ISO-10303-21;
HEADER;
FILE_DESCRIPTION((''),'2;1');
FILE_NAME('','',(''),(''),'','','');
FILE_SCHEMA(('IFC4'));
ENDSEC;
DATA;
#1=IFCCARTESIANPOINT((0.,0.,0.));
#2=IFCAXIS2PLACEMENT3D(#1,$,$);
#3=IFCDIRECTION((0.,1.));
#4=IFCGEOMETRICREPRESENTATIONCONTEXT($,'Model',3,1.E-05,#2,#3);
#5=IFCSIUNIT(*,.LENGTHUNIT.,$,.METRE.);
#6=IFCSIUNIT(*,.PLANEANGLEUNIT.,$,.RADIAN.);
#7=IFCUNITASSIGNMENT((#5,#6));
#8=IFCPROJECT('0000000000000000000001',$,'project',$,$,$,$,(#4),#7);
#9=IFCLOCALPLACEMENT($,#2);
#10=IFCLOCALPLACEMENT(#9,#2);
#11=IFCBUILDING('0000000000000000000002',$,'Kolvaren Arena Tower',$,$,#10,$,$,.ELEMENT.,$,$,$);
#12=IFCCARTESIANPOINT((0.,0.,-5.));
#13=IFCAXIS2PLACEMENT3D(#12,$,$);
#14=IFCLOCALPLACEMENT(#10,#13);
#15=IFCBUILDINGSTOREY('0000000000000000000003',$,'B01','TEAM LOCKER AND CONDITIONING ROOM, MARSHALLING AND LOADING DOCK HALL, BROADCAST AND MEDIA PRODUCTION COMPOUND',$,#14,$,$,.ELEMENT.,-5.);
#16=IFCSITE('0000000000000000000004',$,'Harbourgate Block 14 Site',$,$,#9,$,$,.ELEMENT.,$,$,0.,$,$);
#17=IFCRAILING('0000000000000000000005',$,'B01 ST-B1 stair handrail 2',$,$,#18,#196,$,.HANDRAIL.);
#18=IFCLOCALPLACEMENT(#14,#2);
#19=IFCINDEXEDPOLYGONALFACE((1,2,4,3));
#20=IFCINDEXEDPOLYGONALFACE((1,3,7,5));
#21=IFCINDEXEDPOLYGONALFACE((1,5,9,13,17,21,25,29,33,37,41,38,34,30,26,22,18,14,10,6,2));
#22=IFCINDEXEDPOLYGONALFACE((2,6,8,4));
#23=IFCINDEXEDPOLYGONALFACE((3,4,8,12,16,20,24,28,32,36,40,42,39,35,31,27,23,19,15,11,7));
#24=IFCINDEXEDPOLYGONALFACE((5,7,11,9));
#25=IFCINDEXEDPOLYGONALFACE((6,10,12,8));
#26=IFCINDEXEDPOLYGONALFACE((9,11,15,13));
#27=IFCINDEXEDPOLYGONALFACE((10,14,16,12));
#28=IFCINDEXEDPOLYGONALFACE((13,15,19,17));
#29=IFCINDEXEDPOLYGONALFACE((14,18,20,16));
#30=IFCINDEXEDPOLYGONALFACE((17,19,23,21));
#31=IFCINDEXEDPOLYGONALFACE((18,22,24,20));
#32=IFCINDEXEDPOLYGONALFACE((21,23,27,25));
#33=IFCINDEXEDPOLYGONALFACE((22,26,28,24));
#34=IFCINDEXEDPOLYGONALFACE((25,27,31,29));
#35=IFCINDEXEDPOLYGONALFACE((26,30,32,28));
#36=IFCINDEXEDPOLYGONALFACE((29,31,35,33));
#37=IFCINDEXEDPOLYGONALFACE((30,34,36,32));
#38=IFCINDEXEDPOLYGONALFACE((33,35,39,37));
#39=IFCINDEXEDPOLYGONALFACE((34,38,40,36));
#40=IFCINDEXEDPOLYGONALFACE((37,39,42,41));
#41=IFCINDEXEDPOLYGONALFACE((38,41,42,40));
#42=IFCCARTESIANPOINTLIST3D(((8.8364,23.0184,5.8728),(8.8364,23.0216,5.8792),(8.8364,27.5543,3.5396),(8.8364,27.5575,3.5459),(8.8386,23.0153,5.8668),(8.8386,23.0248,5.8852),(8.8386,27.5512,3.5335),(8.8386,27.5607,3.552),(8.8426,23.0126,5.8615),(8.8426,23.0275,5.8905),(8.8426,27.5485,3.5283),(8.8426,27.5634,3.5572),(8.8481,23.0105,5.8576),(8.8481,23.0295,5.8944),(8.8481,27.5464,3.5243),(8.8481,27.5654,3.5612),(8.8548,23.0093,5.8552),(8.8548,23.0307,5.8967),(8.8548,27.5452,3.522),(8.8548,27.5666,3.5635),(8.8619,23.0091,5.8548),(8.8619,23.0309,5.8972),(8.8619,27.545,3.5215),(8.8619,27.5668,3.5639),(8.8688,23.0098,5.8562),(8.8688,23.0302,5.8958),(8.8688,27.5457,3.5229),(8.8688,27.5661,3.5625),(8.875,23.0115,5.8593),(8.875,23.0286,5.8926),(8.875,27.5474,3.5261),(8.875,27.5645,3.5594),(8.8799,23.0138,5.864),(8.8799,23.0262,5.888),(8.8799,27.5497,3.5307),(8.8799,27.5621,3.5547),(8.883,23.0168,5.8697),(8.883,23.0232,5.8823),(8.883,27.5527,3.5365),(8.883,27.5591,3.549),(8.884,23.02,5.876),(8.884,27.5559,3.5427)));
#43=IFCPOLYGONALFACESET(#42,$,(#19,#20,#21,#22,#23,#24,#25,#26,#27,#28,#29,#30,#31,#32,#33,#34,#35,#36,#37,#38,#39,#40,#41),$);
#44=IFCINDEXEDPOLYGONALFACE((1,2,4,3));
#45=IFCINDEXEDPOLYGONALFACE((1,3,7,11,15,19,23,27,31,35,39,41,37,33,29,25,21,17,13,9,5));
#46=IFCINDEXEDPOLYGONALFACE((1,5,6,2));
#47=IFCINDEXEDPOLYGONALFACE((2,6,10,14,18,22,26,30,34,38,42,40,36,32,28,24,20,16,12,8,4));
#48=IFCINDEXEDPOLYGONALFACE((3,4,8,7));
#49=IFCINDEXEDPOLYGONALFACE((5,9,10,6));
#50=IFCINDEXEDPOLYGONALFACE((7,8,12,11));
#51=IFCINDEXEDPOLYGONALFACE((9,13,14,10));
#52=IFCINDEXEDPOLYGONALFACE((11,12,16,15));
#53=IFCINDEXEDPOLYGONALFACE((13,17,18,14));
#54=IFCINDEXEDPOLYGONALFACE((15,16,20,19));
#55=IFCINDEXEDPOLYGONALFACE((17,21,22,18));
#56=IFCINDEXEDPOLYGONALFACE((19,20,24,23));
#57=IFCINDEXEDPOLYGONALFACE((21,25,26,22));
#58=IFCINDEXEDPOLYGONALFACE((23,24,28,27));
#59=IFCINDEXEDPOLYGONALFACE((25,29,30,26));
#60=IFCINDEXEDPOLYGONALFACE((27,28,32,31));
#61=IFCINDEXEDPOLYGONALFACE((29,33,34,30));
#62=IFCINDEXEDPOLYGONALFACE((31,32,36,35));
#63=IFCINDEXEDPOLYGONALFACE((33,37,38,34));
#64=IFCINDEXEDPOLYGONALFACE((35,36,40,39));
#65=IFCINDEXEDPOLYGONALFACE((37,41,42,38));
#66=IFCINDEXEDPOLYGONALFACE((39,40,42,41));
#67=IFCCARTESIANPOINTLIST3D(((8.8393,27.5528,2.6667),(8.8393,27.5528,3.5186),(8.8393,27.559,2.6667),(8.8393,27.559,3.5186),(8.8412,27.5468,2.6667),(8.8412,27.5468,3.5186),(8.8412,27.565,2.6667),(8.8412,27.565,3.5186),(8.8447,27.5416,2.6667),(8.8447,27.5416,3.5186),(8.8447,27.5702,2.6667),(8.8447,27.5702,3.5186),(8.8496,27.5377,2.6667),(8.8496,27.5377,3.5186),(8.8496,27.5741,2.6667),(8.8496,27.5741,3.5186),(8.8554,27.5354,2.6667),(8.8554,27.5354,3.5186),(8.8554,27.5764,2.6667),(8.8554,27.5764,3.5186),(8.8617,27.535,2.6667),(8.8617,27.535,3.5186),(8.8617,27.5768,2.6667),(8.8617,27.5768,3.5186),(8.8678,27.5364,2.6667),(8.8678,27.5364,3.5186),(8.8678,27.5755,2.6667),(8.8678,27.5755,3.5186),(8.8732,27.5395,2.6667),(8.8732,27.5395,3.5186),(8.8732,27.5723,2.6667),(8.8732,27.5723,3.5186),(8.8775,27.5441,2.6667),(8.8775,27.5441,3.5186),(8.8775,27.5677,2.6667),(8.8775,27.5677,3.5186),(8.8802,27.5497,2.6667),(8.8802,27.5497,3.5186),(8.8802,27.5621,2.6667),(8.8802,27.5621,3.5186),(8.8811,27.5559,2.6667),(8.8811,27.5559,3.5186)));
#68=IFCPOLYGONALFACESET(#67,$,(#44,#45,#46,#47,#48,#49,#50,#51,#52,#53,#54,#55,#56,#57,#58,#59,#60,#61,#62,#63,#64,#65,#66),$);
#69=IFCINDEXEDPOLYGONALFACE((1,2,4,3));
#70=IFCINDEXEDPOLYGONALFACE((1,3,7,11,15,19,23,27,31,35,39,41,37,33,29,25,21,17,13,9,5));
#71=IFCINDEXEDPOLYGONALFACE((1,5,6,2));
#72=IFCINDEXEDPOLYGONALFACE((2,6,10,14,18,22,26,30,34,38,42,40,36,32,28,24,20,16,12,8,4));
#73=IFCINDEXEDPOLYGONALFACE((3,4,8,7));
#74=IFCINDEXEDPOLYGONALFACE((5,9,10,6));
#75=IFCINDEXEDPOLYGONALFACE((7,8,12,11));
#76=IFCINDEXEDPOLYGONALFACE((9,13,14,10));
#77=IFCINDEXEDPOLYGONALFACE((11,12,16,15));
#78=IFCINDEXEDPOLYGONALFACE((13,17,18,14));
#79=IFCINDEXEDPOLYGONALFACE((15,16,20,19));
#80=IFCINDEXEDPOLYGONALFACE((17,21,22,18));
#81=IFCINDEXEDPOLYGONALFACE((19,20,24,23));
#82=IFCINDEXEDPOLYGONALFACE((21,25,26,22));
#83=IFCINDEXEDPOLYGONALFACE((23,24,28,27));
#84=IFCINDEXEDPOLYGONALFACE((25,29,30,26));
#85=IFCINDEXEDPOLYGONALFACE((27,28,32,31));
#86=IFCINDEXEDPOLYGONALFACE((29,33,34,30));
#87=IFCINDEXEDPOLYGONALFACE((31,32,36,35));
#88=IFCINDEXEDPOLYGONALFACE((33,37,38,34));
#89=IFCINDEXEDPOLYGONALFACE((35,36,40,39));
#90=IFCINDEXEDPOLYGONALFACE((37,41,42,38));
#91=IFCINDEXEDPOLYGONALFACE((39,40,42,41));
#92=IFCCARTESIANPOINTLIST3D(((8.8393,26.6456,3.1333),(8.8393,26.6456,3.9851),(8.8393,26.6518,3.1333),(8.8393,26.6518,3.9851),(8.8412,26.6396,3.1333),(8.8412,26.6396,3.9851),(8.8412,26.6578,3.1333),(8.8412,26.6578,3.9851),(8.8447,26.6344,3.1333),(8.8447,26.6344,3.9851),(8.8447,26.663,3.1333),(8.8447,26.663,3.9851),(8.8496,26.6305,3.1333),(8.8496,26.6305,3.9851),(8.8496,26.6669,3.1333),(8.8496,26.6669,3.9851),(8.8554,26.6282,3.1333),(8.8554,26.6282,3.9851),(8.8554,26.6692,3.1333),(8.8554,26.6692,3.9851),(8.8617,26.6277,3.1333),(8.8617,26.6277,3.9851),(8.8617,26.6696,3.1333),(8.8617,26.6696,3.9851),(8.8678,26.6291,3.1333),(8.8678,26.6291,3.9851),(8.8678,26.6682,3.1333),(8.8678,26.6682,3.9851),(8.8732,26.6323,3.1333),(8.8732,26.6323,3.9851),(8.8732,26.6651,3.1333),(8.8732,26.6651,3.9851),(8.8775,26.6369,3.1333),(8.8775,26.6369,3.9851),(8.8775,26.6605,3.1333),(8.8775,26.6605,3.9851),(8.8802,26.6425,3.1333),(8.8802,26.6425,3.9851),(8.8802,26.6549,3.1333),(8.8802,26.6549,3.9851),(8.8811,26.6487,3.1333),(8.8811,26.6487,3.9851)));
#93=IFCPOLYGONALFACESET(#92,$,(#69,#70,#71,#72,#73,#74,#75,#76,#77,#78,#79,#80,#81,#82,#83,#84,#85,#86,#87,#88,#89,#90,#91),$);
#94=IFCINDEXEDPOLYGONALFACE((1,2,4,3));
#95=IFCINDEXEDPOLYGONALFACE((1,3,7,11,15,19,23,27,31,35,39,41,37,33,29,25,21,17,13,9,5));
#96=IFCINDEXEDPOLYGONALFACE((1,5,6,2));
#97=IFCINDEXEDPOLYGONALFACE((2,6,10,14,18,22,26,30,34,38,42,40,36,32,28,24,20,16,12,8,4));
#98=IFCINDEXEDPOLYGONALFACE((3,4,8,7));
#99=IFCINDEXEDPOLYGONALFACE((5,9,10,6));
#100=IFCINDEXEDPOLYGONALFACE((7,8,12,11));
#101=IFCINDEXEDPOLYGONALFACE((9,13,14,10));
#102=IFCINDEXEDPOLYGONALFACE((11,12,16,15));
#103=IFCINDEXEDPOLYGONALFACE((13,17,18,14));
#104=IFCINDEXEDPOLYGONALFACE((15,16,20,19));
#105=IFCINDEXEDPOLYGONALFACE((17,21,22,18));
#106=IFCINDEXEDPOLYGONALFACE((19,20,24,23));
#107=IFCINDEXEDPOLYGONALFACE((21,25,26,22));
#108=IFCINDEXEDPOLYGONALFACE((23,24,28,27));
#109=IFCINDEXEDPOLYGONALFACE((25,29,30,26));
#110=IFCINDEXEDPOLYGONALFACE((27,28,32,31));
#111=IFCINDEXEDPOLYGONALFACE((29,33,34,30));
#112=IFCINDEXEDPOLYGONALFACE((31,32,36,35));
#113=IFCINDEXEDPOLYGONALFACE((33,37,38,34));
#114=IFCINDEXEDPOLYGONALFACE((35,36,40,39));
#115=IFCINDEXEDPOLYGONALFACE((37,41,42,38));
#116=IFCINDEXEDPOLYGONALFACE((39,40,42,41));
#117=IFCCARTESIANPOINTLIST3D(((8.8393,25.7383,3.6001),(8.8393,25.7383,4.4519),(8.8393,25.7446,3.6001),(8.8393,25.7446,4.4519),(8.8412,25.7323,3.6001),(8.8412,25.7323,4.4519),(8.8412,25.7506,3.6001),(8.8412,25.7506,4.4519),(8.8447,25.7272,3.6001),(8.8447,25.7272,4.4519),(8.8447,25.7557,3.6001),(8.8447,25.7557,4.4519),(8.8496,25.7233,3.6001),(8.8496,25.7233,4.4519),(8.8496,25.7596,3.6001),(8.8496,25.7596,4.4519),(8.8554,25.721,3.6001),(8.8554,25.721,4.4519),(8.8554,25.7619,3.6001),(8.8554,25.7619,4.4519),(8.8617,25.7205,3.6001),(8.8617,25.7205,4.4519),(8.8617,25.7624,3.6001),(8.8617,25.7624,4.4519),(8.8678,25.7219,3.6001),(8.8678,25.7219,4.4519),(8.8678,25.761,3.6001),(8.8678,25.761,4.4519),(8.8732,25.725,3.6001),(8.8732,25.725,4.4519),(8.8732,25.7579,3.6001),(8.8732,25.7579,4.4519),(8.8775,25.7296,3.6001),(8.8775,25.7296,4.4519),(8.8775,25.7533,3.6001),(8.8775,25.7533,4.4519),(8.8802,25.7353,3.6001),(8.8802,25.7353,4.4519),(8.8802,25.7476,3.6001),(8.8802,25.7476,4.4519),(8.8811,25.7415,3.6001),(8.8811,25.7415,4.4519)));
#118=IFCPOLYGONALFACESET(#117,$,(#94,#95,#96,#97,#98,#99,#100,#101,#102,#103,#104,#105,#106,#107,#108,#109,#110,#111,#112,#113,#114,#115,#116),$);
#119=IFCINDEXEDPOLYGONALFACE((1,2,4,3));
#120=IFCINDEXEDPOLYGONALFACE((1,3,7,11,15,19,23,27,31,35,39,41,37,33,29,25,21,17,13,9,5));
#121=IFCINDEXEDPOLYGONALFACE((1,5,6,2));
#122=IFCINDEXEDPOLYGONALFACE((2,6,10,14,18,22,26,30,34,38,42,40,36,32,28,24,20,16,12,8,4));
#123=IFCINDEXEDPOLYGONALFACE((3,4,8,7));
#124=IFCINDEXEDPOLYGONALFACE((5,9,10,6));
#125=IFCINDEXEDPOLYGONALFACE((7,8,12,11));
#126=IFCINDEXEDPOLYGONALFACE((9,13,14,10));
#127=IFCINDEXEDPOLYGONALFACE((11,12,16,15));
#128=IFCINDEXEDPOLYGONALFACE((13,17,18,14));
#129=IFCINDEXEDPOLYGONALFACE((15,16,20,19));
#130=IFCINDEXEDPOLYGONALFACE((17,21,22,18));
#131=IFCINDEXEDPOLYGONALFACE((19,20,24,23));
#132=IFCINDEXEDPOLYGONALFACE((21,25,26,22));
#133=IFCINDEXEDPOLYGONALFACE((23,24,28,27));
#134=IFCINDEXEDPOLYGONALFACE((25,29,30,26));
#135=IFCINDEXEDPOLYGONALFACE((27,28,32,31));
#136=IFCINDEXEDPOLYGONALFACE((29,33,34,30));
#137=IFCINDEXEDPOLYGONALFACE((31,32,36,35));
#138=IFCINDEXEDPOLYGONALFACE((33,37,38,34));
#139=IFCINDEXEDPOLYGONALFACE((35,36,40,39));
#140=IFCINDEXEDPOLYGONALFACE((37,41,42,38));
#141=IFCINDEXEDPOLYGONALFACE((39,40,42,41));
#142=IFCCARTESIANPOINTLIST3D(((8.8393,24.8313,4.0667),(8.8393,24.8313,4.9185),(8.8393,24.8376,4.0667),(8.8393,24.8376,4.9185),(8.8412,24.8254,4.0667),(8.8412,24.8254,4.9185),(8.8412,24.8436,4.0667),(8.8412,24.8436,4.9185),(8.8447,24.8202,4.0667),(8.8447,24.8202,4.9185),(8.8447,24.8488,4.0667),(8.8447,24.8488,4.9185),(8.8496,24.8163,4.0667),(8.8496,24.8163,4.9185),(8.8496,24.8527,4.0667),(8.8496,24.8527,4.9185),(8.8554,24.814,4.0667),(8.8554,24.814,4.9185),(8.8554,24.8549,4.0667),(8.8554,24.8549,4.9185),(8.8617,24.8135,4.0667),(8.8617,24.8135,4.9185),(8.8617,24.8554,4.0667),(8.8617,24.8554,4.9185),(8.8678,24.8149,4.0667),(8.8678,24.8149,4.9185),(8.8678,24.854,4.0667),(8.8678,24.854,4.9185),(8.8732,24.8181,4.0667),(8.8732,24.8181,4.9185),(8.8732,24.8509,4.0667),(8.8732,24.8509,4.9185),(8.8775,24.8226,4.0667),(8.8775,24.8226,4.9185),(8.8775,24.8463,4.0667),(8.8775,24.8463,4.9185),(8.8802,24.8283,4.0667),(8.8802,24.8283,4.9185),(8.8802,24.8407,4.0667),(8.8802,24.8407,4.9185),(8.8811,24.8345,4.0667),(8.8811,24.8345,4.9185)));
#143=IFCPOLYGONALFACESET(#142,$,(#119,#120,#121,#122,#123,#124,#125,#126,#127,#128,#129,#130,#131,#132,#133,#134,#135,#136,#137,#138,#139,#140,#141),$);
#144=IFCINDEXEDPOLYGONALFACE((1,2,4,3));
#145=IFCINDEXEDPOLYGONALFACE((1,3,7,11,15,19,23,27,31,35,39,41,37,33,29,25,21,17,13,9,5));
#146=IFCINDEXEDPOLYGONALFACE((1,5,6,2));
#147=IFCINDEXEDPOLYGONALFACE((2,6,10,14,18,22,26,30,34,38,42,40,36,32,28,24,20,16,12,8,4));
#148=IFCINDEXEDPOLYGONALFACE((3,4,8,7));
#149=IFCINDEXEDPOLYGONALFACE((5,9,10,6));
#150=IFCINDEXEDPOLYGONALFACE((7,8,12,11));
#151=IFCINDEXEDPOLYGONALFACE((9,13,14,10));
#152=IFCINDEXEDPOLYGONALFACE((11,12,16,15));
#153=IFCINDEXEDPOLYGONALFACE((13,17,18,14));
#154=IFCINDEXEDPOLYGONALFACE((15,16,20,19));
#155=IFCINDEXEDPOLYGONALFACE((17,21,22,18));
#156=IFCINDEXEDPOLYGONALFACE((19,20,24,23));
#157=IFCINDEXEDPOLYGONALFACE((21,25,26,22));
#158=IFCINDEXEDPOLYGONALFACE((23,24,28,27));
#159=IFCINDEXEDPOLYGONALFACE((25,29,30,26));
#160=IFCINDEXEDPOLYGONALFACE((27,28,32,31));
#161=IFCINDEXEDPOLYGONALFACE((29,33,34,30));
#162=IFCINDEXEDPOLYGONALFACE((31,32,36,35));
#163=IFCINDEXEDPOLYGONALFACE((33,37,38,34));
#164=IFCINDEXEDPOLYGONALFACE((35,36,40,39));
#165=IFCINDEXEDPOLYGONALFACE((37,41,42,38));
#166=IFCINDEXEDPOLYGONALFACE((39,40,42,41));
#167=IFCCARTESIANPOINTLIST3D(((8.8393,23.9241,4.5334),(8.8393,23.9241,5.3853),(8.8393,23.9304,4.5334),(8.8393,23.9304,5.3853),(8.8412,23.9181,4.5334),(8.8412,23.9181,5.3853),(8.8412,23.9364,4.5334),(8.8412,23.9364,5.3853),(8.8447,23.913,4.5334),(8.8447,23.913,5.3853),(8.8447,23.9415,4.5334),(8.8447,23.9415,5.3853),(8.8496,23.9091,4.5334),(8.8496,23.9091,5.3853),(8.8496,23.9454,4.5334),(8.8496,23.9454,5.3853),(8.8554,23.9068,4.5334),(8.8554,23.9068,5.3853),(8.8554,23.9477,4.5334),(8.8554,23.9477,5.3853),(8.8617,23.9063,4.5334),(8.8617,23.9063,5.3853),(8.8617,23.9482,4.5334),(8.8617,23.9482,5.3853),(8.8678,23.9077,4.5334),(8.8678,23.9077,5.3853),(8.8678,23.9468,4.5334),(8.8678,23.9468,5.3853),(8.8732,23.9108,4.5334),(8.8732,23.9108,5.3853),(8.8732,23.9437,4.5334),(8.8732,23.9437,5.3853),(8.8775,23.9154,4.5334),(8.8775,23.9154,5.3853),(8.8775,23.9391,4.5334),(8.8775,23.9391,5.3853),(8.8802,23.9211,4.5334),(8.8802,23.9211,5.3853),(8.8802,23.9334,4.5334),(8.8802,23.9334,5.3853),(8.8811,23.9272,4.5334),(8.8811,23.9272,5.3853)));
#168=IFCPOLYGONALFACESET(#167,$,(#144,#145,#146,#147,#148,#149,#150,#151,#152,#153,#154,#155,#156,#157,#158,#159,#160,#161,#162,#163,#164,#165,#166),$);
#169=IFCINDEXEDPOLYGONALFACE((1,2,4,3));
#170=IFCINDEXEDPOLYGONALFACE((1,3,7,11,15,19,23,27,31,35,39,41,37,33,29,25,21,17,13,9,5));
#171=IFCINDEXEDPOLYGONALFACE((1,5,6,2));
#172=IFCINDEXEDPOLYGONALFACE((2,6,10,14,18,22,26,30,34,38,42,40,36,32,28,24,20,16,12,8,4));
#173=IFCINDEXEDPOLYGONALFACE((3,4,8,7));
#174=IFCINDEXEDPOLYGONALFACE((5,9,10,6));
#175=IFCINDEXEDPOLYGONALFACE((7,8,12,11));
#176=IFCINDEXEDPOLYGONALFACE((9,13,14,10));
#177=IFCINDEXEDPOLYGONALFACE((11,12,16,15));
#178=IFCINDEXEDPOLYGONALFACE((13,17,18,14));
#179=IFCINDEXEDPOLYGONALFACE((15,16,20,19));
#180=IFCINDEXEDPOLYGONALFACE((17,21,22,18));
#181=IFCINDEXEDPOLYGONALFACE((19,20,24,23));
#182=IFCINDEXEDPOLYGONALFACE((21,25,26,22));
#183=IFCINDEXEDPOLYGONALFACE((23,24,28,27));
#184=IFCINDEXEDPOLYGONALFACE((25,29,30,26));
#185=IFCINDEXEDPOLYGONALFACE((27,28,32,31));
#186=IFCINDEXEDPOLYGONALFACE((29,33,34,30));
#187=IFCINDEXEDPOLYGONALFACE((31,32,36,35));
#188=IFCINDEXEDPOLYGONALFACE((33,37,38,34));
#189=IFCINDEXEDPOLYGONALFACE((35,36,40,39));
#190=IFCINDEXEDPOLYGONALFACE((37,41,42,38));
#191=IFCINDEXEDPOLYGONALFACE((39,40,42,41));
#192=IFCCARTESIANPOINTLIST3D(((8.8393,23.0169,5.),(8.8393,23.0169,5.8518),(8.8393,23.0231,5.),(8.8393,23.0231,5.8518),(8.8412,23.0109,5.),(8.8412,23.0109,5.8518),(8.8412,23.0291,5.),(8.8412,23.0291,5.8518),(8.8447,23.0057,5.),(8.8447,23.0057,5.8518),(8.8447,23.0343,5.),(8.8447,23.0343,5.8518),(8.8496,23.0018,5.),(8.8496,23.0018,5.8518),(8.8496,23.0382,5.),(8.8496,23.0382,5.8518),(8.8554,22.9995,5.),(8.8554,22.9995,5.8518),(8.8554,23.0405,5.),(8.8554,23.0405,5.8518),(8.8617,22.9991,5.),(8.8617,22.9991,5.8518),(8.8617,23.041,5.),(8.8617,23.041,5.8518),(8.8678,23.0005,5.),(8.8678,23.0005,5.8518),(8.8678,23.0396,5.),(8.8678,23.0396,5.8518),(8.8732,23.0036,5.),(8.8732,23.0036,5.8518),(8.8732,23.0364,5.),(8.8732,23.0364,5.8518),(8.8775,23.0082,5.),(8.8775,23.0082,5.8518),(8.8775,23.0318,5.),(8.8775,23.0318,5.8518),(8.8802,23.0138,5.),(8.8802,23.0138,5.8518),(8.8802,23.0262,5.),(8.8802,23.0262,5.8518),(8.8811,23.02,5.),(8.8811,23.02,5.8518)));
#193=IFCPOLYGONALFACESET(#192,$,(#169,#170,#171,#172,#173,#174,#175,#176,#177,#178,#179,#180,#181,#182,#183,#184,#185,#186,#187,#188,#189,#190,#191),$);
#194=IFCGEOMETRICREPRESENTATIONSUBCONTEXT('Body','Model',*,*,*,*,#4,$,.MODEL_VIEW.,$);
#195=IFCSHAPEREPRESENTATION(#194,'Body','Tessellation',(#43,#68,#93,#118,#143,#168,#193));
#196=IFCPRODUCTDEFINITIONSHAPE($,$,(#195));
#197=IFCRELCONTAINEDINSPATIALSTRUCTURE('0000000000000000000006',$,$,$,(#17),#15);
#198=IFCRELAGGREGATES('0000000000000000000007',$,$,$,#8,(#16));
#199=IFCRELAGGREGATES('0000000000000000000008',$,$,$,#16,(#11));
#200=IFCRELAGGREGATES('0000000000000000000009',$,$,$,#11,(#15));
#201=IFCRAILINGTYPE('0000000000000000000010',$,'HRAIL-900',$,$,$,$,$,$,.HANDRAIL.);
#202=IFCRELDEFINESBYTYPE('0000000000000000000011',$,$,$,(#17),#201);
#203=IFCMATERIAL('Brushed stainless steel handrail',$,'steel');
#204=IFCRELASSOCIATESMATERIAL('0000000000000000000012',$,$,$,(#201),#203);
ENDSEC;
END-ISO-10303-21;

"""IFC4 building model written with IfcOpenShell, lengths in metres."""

from ifc_helpers import new_model, si_unit, direction, frame, origin, origin_2d, place, context, subcontext, project, spatial, circle, extrude, material, type_object, element, save


model = new_model("IFC4")

# Units and contexts
model_context = context("Model", 3, precision=1e-05, world=origin(), true_north=direction((0.0, 1.0)))
body_context = subcontext(model_context, "Body", "Model", "MODEL_VIEW")
ifc_project = project(units=[si_unit("LENGTHUNIT", "METRE"), si_unit("PLANEANGLEUNIT", "RADIAN")], contexts=[model_context])

# Site, building, storey
site_placement = place(None, origin())
site = spatial("IfcSite", under=ifc_project, at=site_placement, Name="Harbourgate Block 14 Site", CompositionType="ELEMENT", RefElevation=0.0)
building_placement = place(site_placement, origin())
building = spatial("IfcBuilding", under=site, at=building_placement, Name="Kolvaren Arena Tower", CompositionType="ELEMENT")
storey_placement = place(building_placement, frame((0.0, 0.0, -5.0)))
storey = spatial("IfcBuildingStorey", under=building, at=storey_placement, Name="B01", Description="TEAM LOCKER AND CONDITIONING ROOM, MARSHALLING AND LOADING DOCK HALL, BROADCAST AND MEDIA PRODUCTION COMPOUND", CompositionType="ELEMENT", Elevation=-5.0)

# Railing
ifc_material_1 = material(Name="Brushed stainless steel handrail", Category="steel")
railing_type_1 = type_object("IfcRailingType", Name="HRAIL-900", PredefinedType="HANDRAIL", material=ifc_material_1)
railing_1_placement = place(storey_placement, frame((8.8601, 27.5559, 2.6667)))
element("IfcRailing", 1, at=railing_1_placement, inside=storey, type_object=railing_type_1, Name="B01 ST-B1 stair handrail 2", PredefinedType="HANDRAIL", context=body_context, shape_type="SweptSolid", body=[
    extrude(circle(Radius=0.0239, at=origin_2d()), frame((0.0, 0.0, 0.876), z_axis=(0.0, -0.889247, 0.457427), x_axis=(1.0, 0.0, 0.0)), (0.0, 0.0, 1.0), 5.1008),
    extrude(circle(Radius=0.021, at=origin_2d()), origin(), (0.0, 0.0, 1.0), 0.8518),
    extrude(circle(Radius=0.021, at=origin_2d()), frame((0.0, -0.9072, 0.4666)), (0.0, 0.0, 1.0), 0.8518),
    extrude(circle(Radius=0.021, at=origin_2d()), frame((0.0, -1.8145, 0.9333)), (0.0, 0.0, 1.0), 0.8518),
    extrude(circle(Radius=0.021, at=origin_2d()), frame((0.0, -2.7214, 1.3999)), (0.0, 0.0, 1.0), 0.8518),
    extrude(circle(Radius=0.021, at=origin_2d()), frame((0.0, -3.6287, 1.8667)), (0.0, 0.0, 1.0), 0.8518),
    extrude(circle(Radius=0.021, at=origin_2d()), frame((0.0, -4.5359, 2.3333)), (0.0, 0.0, 1.0), 0.8518),
])

save(model, "model.ifc")
